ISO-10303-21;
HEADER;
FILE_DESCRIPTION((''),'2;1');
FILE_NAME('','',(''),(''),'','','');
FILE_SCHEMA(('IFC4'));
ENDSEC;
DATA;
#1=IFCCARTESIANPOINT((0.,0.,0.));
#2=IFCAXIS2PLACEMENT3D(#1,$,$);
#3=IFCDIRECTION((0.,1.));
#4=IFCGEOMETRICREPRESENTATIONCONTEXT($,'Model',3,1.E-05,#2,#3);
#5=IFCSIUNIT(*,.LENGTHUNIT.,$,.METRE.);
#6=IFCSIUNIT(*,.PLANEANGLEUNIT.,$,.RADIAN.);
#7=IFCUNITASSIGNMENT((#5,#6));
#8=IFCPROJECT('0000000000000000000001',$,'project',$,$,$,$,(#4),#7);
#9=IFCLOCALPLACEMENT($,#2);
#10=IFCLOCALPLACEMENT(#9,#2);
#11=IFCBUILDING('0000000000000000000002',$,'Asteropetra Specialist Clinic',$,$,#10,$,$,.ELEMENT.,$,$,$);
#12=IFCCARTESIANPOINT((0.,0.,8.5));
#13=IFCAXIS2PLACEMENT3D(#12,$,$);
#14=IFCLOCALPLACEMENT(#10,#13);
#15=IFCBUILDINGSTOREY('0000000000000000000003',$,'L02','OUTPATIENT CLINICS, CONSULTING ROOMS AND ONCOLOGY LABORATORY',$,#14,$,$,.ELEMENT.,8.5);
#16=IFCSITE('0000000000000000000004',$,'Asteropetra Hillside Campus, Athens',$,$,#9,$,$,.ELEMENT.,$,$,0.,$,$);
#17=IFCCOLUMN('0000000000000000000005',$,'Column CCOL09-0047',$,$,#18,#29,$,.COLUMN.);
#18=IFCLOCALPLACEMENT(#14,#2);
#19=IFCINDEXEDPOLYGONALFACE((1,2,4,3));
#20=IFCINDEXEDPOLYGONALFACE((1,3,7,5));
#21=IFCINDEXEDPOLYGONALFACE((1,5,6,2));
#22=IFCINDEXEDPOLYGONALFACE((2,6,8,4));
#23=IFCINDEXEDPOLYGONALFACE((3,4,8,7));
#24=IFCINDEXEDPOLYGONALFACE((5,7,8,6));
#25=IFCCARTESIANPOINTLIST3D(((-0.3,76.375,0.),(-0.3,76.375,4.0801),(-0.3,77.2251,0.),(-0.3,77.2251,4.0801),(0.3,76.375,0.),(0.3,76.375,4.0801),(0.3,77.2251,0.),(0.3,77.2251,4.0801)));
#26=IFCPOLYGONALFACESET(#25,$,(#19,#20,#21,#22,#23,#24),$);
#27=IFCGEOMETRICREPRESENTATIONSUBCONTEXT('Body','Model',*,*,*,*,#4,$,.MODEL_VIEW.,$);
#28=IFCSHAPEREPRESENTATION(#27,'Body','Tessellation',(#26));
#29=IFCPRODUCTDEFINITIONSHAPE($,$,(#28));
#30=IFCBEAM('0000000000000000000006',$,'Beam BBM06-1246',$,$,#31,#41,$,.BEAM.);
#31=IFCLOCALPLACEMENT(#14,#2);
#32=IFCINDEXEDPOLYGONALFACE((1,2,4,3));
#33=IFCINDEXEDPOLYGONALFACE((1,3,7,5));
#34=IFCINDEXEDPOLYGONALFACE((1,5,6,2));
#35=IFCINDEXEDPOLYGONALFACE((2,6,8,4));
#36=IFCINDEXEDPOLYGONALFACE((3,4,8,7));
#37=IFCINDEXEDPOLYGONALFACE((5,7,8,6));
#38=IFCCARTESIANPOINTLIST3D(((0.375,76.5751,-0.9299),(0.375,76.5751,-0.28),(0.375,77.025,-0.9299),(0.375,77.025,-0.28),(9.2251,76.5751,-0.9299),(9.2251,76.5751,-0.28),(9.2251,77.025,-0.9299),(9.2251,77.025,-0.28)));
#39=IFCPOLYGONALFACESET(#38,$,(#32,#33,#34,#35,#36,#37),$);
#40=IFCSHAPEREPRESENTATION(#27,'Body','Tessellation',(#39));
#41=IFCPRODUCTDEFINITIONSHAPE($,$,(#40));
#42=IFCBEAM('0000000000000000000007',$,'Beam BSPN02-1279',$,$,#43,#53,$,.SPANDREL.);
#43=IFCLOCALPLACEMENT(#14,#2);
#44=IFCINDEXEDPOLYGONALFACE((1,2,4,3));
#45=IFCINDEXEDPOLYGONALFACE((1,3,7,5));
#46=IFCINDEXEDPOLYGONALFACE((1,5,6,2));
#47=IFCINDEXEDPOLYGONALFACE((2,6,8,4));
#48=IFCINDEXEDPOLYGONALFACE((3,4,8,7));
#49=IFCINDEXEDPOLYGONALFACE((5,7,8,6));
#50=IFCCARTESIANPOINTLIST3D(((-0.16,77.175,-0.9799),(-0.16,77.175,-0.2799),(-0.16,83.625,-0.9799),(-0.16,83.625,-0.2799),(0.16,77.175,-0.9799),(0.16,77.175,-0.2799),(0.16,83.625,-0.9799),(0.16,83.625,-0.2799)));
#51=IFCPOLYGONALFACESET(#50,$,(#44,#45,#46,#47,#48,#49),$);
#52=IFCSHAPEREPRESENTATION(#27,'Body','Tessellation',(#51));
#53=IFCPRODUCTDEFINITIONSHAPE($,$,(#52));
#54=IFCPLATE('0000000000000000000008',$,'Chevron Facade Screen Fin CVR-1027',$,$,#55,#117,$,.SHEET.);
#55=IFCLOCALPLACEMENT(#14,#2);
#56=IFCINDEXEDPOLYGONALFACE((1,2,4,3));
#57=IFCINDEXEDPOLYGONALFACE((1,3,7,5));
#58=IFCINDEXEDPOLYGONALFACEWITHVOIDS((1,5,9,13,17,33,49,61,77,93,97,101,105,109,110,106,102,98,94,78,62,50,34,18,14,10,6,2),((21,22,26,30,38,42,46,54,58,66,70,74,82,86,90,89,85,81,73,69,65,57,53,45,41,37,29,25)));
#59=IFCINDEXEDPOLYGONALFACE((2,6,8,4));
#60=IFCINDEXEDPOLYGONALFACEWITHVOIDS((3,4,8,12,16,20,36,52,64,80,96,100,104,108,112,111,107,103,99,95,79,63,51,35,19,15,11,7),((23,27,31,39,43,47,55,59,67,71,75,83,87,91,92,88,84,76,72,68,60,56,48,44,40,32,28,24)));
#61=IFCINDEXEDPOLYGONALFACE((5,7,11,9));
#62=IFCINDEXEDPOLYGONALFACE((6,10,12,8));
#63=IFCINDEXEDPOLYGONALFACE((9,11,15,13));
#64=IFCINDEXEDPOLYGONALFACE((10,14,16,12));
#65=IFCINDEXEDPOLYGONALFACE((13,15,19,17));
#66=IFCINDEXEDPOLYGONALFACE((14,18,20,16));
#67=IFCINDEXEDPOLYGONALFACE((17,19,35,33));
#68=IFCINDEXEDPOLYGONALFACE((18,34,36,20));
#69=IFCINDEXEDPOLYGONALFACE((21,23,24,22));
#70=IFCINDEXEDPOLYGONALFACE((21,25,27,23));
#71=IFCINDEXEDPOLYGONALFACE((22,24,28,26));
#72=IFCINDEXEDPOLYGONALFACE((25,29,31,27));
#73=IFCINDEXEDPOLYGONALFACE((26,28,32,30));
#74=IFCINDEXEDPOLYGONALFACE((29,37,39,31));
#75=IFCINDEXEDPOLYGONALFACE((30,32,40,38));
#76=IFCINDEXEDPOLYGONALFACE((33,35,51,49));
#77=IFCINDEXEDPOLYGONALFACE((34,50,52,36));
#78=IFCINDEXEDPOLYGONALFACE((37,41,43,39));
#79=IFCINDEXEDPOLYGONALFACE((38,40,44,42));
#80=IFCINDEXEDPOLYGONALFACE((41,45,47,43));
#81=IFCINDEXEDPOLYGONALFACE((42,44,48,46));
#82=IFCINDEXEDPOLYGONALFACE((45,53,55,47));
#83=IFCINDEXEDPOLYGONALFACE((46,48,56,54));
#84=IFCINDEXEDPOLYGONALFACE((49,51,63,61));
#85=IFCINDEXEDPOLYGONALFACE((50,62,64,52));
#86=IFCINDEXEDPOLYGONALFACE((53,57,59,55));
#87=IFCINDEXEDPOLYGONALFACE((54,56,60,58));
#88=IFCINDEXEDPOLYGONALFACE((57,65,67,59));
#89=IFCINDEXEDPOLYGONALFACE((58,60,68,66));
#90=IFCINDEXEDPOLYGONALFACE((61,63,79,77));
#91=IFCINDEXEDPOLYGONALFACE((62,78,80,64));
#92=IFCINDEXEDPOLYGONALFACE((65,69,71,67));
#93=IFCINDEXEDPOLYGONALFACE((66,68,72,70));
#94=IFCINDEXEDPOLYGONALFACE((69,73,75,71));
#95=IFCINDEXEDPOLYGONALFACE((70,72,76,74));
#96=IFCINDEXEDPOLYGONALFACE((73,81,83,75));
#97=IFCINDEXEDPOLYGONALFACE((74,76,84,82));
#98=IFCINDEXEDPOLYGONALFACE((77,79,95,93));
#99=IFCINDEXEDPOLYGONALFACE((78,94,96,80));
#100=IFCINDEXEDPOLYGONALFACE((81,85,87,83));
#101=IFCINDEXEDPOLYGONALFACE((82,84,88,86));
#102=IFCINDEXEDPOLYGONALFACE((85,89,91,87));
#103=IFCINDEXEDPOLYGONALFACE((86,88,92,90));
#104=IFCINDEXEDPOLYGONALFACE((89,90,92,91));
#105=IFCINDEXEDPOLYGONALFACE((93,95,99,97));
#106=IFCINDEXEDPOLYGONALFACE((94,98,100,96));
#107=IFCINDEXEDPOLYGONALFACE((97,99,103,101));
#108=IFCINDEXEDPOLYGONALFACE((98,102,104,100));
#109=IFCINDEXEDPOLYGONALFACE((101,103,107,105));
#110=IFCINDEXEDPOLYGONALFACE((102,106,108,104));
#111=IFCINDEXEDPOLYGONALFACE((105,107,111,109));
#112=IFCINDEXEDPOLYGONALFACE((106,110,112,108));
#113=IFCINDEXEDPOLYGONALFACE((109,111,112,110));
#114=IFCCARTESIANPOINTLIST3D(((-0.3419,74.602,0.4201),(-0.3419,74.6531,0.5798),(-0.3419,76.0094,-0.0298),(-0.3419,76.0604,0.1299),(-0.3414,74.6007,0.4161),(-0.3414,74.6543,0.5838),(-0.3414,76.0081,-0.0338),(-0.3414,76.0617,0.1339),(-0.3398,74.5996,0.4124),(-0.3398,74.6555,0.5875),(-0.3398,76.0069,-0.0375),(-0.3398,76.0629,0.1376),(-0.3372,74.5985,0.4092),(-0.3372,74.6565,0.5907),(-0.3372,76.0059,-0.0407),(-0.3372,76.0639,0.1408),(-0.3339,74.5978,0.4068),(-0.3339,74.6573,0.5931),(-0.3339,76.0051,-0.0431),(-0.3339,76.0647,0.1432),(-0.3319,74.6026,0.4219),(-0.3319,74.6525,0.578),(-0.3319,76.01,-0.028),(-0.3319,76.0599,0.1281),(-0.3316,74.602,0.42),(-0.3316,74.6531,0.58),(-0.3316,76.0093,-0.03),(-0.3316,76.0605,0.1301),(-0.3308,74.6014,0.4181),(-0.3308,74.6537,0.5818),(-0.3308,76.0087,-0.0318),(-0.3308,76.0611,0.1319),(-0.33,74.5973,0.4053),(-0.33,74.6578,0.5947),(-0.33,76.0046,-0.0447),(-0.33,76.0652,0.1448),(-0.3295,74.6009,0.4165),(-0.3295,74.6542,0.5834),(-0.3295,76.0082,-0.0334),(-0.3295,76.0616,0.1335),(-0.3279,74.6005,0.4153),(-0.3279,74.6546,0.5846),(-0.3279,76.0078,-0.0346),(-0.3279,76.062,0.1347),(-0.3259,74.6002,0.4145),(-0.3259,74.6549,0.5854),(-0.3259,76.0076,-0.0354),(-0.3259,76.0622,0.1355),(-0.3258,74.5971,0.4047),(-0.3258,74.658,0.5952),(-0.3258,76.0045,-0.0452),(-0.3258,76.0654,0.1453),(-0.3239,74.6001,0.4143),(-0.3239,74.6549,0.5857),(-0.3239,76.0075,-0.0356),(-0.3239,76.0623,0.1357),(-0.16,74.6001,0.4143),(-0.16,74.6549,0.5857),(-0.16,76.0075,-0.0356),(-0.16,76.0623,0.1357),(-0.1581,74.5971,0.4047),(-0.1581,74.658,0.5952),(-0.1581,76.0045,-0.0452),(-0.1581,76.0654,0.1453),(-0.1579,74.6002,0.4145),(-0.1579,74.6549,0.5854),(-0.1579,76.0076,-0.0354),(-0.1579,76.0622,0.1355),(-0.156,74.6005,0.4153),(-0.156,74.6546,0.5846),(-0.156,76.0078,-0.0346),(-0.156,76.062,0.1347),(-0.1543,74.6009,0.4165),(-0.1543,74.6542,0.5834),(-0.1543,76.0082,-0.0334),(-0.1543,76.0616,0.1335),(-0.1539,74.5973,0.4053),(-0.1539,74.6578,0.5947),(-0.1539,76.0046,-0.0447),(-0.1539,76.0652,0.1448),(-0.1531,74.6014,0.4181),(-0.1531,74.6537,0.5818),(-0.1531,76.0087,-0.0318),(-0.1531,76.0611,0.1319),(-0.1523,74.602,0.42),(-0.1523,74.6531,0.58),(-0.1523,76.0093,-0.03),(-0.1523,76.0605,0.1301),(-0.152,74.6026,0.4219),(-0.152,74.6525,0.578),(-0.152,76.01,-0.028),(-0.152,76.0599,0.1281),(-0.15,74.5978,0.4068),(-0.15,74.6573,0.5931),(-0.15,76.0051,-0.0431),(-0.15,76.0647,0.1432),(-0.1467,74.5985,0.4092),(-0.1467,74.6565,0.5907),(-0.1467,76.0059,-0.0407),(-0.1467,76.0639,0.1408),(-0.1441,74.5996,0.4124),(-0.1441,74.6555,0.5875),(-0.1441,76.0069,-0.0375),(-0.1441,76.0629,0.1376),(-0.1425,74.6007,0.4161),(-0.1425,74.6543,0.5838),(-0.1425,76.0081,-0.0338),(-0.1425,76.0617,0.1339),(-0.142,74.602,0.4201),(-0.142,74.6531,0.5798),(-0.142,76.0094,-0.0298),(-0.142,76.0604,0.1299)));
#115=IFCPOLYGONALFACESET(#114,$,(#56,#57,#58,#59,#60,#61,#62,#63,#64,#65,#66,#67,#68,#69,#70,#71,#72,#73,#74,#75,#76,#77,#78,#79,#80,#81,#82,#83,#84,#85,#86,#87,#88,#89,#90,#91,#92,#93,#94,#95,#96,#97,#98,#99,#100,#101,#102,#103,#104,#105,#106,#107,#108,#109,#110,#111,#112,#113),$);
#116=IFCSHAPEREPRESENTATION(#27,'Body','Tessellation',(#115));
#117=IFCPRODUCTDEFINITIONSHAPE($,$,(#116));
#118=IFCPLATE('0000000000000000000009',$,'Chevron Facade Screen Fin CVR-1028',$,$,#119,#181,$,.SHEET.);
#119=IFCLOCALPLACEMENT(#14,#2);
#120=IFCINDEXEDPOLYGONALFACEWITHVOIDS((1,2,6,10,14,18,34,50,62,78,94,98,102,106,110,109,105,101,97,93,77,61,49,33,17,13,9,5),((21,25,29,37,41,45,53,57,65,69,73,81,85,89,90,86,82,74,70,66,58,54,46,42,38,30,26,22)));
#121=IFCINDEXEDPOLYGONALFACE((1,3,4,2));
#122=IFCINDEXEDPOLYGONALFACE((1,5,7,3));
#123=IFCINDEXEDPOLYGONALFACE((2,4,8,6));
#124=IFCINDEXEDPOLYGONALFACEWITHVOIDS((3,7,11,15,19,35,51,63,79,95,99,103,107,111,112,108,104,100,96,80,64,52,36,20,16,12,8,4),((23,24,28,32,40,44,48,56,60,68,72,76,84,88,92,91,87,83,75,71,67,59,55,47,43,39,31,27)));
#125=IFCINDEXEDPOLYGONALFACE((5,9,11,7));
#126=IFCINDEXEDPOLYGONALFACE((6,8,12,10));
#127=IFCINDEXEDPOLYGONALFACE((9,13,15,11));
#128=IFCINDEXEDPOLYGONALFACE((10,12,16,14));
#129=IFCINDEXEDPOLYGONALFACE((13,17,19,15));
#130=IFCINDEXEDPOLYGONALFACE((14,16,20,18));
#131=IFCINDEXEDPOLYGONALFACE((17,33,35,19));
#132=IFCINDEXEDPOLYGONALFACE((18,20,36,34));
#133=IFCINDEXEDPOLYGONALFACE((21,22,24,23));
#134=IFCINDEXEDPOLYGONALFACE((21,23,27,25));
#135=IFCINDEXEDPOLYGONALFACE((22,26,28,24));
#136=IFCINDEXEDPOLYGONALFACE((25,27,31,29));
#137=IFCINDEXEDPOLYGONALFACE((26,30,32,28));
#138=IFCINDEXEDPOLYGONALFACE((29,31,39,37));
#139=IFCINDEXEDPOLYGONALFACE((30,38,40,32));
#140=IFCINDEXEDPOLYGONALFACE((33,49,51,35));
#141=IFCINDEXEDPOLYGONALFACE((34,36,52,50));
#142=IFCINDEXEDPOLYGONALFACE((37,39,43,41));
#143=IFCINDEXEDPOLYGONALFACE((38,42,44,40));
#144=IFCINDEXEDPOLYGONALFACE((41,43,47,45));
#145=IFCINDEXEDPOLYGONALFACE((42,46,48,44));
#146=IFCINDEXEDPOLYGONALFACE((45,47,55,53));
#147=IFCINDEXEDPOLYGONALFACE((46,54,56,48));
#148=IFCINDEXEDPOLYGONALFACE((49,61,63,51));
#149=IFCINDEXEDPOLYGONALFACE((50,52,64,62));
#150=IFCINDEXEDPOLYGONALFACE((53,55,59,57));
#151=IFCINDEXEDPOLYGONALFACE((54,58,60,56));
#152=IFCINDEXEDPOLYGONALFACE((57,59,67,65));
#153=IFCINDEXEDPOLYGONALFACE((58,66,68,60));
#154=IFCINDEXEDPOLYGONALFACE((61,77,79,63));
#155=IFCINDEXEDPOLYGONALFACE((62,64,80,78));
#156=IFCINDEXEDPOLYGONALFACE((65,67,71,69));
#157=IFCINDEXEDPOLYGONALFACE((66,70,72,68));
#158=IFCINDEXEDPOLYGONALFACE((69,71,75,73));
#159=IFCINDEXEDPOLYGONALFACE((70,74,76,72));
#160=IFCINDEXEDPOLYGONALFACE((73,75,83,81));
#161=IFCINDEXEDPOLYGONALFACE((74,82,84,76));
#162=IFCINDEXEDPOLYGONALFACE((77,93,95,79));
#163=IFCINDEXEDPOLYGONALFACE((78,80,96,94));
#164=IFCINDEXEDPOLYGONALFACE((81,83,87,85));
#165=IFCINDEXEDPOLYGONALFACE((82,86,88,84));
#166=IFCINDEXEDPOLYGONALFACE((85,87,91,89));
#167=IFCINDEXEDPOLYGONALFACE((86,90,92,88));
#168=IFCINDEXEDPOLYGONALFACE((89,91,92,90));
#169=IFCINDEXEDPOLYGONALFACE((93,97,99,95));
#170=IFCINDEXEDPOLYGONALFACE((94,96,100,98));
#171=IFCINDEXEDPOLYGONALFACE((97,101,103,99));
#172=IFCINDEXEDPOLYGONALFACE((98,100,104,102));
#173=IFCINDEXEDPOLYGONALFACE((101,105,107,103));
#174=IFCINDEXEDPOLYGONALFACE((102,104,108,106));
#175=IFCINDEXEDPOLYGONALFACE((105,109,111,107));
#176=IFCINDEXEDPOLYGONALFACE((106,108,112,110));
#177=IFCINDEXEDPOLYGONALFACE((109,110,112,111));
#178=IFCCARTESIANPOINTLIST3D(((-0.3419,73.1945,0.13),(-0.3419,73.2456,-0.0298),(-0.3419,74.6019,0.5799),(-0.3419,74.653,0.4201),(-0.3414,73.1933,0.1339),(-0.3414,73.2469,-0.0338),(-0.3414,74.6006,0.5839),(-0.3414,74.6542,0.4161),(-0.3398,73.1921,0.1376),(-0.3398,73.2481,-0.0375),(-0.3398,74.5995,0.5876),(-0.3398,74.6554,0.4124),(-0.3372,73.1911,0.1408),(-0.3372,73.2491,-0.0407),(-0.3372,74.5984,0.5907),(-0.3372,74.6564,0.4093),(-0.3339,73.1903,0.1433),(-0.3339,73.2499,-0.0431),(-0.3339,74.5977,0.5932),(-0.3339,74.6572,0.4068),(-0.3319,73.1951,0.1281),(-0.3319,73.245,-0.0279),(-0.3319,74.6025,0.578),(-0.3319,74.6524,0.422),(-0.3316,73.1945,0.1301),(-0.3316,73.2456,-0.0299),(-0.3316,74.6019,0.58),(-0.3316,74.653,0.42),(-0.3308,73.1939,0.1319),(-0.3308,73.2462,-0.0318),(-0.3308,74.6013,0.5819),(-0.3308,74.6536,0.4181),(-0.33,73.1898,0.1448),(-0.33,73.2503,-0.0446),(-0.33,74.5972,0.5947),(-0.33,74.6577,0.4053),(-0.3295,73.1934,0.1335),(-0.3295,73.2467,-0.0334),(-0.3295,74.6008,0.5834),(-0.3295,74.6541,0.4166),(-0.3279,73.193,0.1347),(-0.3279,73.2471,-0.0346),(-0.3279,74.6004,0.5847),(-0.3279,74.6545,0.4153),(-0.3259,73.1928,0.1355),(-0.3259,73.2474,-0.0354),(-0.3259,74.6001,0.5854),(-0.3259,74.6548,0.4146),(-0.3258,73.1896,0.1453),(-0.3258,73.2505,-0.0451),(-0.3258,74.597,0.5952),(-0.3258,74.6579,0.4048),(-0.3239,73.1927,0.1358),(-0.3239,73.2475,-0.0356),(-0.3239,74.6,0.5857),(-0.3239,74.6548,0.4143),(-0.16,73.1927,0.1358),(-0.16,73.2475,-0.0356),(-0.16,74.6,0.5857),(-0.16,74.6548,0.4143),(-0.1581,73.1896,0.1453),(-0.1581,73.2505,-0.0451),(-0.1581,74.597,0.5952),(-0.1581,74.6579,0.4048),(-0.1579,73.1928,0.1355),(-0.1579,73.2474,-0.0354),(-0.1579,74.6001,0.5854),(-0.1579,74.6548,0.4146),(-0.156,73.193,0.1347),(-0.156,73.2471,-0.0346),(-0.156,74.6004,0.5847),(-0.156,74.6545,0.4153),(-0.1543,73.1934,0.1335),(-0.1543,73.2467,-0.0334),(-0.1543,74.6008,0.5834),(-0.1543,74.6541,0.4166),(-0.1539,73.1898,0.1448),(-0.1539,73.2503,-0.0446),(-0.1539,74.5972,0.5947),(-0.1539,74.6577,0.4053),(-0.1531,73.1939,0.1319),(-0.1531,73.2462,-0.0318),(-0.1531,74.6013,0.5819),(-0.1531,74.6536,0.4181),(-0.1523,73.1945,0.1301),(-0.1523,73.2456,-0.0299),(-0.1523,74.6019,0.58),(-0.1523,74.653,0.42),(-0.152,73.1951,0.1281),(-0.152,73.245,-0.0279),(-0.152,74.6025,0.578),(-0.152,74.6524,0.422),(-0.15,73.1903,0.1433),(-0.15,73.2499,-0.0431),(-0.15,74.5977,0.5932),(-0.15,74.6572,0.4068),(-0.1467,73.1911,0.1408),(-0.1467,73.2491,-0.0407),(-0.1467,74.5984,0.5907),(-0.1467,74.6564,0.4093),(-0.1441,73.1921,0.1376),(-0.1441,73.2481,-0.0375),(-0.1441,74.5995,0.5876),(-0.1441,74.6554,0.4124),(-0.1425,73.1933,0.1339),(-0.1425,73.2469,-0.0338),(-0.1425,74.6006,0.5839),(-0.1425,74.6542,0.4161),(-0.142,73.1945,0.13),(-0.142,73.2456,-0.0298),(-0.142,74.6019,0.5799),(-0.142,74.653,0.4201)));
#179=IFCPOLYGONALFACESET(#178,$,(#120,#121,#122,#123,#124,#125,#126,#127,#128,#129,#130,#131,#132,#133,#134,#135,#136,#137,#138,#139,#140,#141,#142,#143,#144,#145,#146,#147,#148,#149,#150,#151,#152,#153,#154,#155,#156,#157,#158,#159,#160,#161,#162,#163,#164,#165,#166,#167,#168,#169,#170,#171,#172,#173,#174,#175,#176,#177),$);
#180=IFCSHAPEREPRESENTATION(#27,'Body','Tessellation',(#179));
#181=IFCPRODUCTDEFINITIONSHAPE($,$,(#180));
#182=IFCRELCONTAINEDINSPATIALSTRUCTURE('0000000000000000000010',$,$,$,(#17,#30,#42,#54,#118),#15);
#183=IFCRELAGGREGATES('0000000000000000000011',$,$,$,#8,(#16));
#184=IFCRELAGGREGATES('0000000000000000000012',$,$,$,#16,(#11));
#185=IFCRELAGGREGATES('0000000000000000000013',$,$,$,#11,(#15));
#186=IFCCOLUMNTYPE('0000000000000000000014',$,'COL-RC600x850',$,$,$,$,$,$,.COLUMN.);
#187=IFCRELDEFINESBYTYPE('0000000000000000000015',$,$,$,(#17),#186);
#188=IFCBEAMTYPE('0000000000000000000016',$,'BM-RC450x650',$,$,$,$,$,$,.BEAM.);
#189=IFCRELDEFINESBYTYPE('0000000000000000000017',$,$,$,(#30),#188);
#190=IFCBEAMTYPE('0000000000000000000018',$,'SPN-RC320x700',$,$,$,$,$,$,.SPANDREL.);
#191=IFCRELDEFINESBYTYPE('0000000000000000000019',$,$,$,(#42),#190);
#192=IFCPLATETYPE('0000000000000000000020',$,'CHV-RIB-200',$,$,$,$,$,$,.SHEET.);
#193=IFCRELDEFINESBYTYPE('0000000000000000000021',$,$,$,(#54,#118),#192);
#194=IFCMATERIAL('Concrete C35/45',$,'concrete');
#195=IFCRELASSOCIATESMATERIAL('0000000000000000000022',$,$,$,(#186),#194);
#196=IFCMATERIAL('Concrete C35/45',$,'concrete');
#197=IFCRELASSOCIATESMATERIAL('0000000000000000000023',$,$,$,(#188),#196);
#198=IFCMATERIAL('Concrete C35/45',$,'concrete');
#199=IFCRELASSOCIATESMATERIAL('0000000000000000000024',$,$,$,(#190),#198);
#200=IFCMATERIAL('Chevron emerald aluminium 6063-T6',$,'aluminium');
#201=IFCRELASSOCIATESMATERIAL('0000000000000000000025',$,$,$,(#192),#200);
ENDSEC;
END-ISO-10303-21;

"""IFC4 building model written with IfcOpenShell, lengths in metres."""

from ifc_helpers import new_model, si_unit, direction, frame, origin, origin_2d, place, context, subcontext, project, spatial, rectangle, hollow_rectangle, extrude, material, material_profile, profile_set, type_object, element, save


model = new_model("IFC4")

# Units and contexts
model_context = context("Model", 3, precision=1e-05, world=origin(), true_north=direction((0.0, 1.0)))
body_context = subcontext(model_context, "Body", "Model", "MODEL_VIEW")
ifc_project = project(units=[si_unit("LENGTHUNIT", "METRE"), si_unit("PLANEANGLEUNIT", "RADIAN")], contexts=[model_context])

# Site, building, storey
site_placement = place(None, origin())
site = spatial("IfcSite", under=ifc_project, at=site_placement, Name="Asteropetra Hillside Campus, Athens", CompositionType="ELEMENT", RefElevation=0.0)
building_placement = place(site_placement, origin())
building = spatial("IfcBuilding", under=site, at=building_placement, Name="Asteropetra Specialist Clinic", CompositionType="ELEMENT")
storey_placement = place(building_placement, frame((0.0, 0.0, 8.5)))
storey = spatial("IfcBuildingStorey", under=building, at=storey_placement, Name="L02", Description="OUTPATIENT CLINICS, CONSULTING ROOMS AND ONCOLOGY LABORATORY", CompositionType="ELEMENT", Elevation=8.5)

# Column
ifc_material_1 = material(Name="Concrete C35/45", Category="concrete")
ifc_material_profile_1 = material_profile(ifc_material_1, rectangle(XDim=0.6001, YDim=0.8501, at=origin_2d()), Name="RC 600x850")
ifc_profile_set_1 = profile_set([ifc_material_profile_1], Name="Concrete C35/45")
column_type = type_object("IfcColumnType", Name="COL-RC600x850", PredefinedType="COLUMN", material=ifc_profile_set_1)
column_placement = place(storey_placement, frame((0.0, 76.8, 0.0), z_axis=(0.0, 0.0, 1.0), x_axis=(1.0, 0.0, 0.0)))
element("IfcColumn", 1, at=column_placement, inside=storey, type_object=column_type, Name="Column CCOL09-0047", PredefinedType="COLUMN", context=body_context, shape_type="SweptSolid", body=[
    extrude(rectangle(XDim=0.6001, YDim=0.8501, at=origin_2d()), origin(), (0.0, 0.0, 1.0), 4.0801),
])

# Beams
ifc_material_2 = material(Name="Concrete C35/45", Category="concrete")
ifc_material_profile_2 = material_profile(ifc_material_2, rectangle(XDim=0.45, YDim=0.6499, at=origin_2d()), Name="RCB 450x650")
ifc_profile_set_2 = profile_set([ifc_material_profile_2], Name="Concrete C35/45")
beam_type_1 = type_object("IfcBeamType", Name="BM-RC450x650", PredefinedType="BEAM", material=ifc_profile_set_2)
beam_1_placement = place(storey_placement, frame((0.375, 76.8, -0.605), z_axis=(1.0, 0.0, 0.0), x_axis=(0.0, 1.0, 0.0)))
element("IfcBeam", 2, at=beam_1_placement, inside=storey, type_object=beam_type_1, Name="Beam BBM06-1246", PredefinedType="BEAM", context=body_context, shape_type="SweptSolid", body=[
    extrude(rectangle(XDim=0.45, YDim=0.6499, at=origin_2d()), origin(), (0.0, 0.0, 1.0), 8.8501),
])
ifc_material_3 = material(Name="Concrete C35/45", Category="concrete")
ifc_material_profile_3 = material_profile(ifc_material_3, rectangle(XDim=0.3201, YDim=0.7, at=origin_2d()), Name="RCS 320x700")
ifc_profile_set_3 = profile_set([ifc_material_profile_3], Name="Concrete C35/45")
beam_type_2 = type_object("IfcBeamType", Name="SPN-RC320x700", PredefinedType="SPANDREL", material=ifc_profile_set_3)
beam_2_placement = place(storey_placement, frame((0.0, 77.175, -0.6299), z_axis=(0.0, 1.0, 0.0), x_axis=(-1.0, 0.0, 0.0)))
element("IfcBeam", 3, at=beam_2_placement, inside=storey, type_object=beam_type_2, Name="Beam BSPN02-1279", PredefinedType="SPANDREL", context=body_context, shape_type="SweptSolid", body=[
    extrude(rectangle(XDim=0.3201, YDim=0.7, at=origin_2d()), origin(), (0.0, 0.0, 1.0), 6.45),
])

# Plates
ifc_material_4 = material(Name="Chevron emerald aluminium 6063-T6", Category="aluminium")
ifc_material_profile_4 = material_profile(ifc_material_4, hollow_rectangle(XDim=0.2, YDim=0.2, WallThickness=0.01, InnerFilletRadius=0.0081, OuterFilletRadius=0.0161, at=origin_2d()), Name="SHS 200x200x10.0")
ifc_profile_set_4 = profile_set([ifc_material_profile_4], Name="Chevron emerald aluminium 6063-T6")
plate_type_1 = type_object("IfcPlateType", Name="CHV-RIB-200", PredefinedType="SHEET", material=ifc_profile_set_4)
for number, where, z_axis, x_axis, name in (
    (4, (-0.2419, 76.0349, 0.05), (0.0, -0.95251, 0.304506), (1.0, 0.0, 0.0), "Chevron Facade Screen Fin CVR-1027"),
    (5, (-0.2419, 74.6274, 0.5), (0.0, -0.95251, -0.304506), (1.0, 0.0, 0.0), "Chevron Facade Screen Fin CVR-1028"),
):
    element("IfcPlate", number, at=place(storey_placement, frame(where, z_axis=z_axis, x_axis=x_axis)), inside=storey, type_object=plate_type_1, Name=name, PredefinedType="SHEET", context=body_context, shape_type="SweptSolid", body=[
        extrude(hollow_rectangle(XDim=0.2, YDim=0.2, WallThickness=0.01, InnerFilletRadius=0.0081, OuterFilletRadius=0.0161, at=origin_2d()), origin(), (0.0, 0.0, 1.0), 1.4775),
    ])

save(model, "model.ifc")
